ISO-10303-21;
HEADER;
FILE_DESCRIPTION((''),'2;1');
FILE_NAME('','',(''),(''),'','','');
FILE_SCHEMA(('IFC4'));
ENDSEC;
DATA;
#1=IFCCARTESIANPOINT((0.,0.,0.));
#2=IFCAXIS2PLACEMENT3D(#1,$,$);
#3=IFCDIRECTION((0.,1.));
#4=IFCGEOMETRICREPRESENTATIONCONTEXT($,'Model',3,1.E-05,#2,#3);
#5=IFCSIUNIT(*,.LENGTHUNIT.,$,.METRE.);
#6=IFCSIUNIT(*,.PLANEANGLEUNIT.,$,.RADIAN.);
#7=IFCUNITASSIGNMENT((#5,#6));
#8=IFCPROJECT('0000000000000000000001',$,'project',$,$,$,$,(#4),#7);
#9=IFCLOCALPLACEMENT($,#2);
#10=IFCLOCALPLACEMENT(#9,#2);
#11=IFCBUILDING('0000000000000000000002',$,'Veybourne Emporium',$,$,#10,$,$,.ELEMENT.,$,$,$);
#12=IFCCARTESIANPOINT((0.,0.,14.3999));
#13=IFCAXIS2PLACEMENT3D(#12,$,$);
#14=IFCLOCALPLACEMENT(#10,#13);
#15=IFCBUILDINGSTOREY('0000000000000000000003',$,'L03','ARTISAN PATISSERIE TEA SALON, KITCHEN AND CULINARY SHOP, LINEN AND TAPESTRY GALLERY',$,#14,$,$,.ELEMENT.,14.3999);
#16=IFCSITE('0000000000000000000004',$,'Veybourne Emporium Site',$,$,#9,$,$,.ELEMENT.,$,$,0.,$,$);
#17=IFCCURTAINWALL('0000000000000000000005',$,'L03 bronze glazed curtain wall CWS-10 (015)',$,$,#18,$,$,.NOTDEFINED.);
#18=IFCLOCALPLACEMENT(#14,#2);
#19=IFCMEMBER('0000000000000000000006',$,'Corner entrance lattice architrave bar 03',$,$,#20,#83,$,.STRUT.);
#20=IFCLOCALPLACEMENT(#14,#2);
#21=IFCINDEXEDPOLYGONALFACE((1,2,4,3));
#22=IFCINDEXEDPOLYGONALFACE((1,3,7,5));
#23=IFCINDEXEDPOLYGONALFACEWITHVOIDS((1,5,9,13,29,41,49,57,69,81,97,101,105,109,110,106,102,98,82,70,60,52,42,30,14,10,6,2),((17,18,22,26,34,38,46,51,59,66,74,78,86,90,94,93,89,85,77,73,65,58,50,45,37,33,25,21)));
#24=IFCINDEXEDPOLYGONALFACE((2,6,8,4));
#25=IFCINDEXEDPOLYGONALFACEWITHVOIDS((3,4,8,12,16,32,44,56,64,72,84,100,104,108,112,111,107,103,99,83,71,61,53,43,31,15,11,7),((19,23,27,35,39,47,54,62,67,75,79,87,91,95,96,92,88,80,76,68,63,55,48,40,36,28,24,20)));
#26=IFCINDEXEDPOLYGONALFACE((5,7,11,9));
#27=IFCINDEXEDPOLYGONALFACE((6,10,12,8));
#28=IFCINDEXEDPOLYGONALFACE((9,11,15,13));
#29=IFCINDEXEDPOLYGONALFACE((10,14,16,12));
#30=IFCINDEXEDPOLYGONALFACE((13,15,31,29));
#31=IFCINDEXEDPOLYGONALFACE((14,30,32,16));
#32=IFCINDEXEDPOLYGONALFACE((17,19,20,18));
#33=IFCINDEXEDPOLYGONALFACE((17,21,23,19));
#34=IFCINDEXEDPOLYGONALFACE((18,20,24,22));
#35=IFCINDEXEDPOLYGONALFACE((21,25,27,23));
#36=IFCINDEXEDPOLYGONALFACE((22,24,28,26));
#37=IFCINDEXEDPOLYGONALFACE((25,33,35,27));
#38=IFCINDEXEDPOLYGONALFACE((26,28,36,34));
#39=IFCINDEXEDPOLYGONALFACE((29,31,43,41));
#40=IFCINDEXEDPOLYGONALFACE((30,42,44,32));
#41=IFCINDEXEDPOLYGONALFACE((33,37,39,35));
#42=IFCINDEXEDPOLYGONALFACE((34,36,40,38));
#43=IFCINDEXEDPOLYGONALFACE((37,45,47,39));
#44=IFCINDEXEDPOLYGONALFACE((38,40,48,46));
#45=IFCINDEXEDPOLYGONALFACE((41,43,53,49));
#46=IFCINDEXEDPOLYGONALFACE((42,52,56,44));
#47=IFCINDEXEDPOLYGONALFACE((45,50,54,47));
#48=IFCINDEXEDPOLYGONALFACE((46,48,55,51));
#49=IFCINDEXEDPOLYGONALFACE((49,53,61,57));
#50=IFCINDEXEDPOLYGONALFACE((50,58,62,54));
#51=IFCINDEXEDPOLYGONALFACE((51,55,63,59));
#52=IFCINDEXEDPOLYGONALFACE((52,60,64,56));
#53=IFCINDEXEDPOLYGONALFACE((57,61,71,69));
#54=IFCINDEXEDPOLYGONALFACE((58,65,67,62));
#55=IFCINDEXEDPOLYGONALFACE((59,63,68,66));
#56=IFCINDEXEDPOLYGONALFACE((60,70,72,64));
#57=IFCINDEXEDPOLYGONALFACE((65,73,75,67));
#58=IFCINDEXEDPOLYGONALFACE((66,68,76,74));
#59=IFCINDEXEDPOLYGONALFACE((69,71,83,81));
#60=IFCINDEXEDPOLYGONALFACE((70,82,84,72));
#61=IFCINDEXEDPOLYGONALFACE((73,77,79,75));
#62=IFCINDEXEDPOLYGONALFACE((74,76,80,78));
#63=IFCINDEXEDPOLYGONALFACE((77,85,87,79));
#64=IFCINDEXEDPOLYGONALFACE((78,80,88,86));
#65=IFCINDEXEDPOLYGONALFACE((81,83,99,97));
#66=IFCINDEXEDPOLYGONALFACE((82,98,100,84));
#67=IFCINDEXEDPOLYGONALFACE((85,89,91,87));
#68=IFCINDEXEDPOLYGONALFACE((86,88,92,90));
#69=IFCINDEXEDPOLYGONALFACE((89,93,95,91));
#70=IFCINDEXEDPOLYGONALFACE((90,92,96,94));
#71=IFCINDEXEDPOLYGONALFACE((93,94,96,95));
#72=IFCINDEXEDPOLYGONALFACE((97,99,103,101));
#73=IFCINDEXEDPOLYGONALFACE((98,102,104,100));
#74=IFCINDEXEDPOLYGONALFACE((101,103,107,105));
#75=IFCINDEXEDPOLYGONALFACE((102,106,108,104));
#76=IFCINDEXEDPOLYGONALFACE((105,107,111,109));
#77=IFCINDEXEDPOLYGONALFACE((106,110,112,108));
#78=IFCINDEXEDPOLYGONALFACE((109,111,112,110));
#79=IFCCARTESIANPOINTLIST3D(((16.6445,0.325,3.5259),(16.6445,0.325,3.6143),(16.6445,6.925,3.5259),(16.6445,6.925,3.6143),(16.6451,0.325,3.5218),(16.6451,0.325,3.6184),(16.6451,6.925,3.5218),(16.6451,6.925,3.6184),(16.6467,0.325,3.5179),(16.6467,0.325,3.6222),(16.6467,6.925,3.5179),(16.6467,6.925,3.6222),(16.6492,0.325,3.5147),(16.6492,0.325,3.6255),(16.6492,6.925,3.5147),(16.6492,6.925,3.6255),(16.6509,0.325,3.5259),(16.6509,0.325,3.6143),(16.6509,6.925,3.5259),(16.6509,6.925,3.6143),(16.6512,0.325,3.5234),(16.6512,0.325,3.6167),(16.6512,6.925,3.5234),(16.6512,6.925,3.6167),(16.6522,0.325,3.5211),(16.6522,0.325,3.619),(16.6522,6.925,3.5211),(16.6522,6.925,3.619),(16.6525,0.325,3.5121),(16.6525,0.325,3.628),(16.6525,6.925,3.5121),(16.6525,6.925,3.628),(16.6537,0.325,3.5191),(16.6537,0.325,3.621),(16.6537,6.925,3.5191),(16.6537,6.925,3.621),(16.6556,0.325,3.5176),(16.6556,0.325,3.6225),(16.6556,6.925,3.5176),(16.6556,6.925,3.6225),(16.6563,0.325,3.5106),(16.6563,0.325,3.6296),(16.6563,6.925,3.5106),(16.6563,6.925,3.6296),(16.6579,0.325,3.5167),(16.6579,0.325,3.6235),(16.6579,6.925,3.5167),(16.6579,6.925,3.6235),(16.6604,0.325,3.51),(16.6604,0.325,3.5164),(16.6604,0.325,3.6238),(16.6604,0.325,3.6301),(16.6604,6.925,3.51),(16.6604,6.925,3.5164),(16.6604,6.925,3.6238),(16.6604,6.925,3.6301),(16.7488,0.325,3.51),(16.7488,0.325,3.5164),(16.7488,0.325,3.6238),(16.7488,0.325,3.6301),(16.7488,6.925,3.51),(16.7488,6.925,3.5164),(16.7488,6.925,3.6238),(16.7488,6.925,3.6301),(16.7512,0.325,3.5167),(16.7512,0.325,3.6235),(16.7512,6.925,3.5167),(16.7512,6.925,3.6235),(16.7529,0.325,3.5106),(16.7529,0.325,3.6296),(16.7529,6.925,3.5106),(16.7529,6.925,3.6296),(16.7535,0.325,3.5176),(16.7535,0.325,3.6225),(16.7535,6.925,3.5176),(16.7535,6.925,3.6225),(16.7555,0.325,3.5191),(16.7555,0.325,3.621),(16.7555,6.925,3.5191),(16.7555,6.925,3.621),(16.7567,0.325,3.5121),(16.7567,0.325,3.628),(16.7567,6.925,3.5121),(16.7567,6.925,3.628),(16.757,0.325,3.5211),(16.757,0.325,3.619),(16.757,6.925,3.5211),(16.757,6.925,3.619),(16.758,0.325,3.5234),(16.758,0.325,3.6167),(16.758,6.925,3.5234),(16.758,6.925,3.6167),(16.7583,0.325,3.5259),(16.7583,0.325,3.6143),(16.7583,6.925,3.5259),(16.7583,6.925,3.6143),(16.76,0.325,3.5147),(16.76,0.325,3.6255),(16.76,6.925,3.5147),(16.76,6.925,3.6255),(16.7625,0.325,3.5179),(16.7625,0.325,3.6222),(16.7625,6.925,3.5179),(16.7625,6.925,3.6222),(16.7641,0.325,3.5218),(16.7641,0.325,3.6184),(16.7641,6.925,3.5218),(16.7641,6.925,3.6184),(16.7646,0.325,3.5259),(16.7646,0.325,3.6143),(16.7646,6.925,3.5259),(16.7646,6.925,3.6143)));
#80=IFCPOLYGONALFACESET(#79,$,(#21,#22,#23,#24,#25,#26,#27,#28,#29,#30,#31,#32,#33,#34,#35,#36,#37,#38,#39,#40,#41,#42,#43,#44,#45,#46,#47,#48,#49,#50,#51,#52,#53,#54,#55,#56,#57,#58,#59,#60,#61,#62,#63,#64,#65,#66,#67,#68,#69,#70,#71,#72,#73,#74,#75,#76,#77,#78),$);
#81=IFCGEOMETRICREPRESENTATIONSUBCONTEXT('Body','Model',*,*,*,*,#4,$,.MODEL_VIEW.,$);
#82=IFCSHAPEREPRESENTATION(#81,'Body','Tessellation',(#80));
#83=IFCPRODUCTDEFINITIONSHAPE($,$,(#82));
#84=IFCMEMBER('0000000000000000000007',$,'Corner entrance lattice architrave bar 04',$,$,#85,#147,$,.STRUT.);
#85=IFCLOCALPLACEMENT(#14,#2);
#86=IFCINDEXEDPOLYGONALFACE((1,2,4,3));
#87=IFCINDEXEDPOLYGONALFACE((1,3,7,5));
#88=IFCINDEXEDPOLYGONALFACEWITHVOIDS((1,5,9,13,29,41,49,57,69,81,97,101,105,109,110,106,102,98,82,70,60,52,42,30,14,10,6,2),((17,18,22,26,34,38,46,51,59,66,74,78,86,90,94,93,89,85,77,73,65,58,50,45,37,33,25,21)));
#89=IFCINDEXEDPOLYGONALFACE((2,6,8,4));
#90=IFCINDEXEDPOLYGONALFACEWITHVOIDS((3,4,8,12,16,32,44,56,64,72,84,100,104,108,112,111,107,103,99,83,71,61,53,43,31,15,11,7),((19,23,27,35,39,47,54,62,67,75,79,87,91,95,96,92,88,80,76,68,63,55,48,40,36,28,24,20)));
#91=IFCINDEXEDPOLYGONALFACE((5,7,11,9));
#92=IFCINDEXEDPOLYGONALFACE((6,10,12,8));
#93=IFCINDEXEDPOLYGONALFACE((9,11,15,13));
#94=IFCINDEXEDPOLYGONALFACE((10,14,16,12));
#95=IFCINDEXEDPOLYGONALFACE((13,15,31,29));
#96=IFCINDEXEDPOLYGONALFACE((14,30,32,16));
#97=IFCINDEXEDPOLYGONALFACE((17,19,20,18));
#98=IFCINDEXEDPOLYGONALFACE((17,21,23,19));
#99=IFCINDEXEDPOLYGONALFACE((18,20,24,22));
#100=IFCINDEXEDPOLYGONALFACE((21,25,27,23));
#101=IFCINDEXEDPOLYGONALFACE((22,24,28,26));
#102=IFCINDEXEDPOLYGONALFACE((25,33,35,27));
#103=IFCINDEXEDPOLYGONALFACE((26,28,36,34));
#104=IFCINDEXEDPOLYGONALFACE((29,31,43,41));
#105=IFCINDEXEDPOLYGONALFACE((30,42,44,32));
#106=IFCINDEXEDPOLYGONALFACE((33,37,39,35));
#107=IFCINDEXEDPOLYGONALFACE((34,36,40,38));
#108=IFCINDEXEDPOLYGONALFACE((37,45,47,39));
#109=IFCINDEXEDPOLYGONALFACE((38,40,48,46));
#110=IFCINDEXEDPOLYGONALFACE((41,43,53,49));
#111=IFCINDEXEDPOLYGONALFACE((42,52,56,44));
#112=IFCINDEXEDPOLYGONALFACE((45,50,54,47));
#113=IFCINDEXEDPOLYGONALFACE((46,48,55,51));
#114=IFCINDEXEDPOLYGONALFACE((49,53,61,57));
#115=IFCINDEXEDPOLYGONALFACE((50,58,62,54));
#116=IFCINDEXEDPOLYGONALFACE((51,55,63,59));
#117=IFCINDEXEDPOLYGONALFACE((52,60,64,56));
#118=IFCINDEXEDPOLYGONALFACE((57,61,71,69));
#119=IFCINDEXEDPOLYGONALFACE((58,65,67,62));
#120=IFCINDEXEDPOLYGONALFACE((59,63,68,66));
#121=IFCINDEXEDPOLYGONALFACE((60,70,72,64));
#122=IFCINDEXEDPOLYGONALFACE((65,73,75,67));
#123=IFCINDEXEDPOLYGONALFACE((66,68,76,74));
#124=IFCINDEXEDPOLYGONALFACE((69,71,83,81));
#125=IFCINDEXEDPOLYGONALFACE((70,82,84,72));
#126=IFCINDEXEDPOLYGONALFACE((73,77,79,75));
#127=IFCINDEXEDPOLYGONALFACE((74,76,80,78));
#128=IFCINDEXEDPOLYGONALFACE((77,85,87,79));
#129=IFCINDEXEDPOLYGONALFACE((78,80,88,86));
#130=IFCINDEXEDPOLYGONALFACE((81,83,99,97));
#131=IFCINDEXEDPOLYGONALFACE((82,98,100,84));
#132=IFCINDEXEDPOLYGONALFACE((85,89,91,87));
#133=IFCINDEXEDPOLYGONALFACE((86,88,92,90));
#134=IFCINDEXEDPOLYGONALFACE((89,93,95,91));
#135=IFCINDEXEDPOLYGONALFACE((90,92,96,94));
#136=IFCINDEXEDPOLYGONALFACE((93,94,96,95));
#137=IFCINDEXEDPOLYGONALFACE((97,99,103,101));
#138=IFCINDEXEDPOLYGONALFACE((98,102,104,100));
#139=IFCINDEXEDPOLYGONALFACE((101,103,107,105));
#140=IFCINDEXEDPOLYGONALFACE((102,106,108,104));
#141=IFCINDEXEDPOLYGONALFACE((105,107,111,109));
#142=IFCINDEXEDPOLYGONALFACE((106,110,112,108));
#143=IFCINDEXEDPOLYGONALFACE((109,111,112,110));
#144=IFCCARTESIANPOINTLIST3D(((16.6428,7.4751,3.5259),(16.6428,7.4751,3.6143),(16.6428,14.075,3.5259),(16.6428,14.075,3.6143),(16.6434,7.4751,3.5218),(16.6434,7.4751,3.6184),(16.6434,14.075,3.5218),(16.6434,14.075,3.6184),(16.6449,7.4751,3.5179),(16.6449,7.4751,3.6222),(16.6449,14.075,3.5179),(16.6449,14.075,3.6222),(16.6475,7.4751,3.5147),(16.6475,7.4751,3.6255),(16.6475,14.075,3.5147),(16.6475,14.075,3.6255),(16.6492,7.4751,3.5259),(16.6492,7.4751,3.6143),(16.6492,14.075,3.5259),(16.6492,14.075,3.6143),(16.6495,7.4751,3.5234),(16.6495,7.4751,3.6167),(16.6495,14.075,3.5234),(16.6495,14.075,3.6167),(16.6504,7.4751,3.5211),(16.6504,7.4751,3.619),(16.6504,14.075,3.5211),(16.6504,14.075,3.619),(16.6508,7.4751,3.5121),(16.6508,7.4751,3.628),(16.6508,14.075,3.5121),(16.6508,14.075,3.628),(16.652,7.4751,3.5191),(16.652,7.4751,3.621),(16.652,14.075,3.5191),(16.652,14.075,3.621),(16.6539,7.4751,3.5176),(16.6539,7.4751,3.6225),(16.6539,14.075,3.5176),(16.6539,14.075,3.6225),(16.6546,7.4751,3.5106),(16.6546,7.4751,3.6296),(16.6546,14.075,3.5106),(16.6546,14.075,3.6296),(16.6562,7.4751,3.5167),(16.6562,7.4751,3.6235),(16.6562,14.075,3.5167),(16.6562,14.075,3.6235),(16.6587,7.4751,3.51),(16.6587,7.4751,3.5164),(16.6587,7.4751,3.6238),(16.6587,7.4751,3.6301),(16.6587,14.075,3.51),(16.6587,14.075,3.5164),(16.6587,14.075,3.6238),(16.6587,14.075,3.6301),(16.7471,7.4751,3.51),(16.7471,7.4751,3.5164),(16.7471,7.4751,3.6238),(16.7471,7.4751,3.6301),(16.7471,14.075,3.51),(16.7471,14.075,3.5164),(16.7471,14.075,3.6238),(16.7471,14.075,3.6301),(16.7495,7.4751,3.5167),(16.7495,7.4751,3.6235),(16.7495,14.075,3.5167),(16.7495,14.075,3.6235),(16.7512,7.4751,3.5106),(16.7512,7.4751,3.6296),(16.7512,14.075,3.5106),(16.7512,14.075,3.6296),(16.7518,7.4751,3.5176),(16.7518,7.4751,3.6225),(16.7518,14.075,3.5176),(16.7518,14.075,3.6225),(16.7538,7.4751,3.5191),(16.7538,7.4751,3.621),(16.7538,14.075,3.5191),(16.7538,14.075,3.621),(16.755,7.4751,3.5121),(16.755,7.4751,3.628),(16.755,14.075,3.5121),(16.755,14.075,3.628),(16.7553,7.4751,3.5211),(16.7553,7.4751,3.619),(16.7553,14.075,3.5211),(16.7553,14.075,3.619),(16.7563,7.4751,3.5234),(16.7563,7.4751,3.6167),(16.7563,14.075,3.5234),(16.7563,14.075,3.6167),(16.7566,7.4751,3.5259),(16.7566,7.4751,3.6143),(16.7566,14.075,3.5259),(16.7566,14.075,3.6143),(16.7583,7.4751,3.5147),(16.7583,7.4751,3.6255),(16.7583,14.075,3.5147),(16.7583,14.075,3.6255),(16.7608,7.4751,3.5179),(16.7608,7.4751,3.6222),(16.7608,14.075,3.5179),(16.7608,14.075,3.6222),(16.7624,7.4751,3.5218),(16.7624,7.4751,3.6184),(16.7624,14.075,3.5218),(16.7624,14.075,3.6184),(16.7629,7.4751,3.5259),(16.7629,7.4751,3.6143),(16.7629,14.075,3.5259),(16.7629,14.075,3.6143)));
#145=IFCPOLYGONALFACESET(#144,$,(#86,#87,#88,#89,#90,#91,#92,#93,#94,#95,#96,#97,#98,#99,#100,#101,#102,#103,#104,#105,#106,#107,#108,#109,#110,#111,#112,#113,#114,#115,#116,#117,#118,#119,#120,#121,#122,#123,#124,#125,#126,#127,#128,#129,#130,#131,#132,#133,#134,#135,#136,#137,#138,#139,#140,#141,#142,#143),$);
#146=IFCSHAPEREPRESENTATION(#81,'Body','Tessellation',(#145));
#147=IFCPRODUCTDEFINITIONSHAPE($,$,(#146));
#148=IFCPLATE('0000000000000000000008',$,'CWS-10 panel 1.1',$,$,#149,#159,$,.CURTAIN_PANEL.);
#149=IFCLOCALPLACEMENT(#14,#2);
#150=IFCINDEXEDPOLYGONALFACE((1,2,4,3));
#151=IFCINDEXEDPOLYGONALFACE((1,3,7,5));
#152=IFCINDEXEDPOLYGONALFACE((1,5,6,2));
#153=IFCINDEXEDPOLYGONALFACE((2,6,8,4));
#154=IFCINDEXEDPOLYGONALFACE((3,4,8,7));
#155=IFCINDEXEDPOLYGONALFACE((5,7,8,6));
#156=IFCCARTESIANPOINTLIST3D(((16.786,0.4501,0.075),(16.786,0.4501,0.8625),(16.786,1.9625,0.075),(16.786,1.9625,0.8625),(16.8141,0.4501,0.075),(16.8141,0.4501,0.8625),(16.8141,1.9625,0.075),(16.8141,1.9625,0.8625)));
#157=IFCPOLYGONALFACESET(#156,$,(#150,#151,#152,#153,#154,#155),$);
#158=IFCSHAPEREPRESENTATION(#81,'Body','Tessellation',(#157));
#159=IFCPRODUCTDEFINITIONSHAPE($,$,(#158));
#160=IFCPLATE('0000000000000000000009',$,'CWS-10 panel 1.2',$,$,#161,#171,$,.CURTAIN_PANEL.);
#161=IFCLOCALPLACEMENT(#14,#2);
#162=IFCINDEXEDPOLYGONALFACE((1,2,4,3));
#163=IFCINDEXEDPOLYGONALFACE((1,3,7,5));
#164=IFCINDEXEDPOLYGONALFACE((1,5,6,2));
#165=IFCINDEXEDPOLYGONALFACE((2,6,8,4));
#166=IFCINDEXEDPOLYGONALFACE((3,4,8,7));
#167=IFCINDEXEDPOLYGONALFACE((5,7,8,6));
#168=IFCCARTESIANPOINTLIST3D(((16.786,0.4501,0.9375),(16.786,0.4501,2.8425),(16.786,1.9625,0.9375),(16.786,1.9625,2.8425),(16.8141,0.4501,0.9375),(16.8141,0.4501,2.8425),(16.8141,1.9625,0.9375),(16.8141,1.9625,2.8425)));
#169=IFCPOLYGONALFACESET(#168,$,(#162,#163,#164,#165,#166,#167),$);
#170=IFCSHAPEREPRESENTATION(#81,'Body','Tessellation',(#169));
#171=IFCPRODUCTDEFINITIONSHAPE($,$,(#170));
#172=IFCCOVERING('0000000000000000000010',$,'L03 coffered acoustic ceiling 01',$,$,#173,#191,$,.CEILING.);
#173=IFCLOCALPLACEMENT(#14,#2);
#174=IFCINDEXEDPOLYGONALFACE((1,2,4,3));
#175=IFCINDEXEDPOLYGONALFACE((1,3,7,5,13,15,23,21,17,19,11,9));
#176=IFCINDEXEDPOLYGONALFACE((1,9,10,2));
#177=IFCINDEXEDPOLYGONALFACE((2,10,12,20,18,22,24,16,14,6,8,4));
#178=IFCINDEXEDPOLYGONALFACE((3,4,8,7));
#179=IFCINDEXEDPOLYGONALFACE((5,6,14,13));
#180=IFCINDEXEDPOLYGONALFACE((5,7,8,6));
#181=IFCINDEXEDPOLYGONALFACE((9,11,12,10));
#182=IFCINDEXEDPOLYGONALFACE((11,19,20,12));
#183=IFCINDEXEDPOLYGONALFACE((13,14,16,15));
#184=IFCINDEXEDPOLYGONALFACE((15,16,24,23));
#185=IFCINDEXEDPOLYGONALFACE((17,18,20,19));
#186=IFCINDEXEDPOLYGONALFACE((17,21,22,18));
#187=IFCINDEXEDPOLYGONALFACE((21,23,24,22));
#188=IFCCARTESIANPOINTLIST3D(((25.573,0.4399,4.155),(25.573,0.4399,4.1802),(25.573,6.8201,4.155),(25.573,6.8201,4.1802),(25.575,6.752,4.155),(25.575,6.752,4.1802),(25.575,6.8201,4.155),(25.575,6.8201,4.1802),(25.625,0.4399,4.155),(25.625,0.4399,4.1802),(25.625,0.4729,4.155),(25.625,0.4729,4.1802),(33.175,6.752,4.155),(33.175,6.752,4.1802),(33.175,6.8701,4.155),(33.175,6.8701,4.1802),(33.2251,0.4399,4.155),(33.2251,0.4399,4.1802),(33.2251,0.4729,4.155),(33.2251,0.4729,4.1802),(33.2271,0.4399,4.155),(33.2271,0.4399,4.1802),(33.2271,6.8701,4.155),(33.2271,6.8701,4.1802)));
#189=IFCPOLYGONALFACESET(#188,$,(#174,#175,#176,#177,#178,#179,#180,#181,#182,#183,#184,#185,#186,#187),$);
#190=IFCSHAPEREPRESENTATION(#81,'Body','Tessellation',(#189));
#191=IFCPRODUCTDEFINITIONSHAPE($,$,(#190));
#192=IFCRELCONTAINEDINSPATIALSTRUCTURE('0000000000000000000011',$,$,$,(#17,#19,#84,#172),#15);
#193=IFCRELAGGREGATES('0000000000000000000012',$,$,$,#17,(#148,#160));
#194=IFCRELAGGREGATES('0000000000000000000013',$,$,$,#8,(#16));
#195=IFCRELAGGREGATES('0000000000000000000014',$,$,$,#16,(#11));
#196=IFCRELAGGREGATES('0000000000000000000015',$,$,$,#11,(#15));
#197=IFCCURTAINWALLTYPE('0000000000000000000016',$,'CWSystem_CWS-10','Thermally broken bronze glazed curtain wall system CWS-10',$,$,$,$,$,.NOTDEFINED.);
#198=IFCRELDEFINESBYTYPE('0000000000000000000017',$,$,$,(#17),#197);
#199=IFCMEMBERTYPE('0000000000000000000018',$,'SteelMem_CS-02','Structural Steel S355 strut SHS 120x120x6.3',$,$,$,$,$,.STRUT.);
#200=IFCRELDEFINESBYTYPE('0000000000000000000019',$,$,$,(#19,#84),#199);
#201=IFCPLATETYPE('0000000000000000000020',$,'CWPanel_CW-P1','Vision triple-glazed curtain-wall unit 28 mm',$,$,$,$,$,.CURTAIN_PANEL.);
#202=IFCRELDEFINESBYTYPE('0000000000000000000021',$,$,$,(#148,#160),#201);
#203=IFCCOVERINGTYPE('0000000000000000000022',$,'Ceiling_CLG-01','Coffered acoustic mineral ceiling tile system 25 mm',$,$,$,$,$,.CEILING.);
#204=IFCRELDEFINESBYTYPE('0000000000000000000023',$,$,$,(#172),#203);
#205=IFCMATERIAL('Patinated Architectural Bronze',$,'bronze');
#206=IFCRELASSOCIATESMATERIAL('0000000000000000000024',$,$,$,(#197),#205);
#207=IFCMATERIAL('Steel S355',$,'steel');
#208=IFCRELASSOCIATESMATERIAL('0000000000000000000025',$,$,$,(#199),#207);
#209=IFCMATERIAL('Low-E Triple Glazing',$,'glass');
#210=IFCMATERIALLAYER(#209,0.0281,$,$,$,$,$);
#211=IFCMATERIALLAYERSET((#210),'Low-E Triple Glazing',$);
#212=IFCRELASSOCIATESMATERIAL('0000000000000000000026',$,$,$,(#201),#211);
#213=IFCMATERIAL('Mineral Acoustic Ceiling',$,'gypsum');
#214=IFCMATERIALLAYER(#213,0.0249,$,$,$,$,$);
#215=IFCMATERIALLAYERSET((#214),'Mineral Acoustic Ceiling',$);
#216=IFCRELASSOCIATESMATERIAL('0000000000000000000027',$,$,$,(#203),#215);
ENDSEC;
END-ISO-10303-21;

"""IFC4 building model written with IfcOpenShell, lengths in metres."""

from ifc_helpers import new_model, si_unit, direction, frame, origin, origin_2d, place, context, subcontext, project, spatial, polyline, rectangle, hollow_rectangle, outline, extrude, material, layer, layer_set, material_profile, profile_set, type_object, element, aggregate, save


model = new_model("IFC4")

# Units and contexts
model_context = context("Model", 3, precision=1e-05, world=origin(), true_north=direction((0.0, 1.0)))
body_context = subcontext(model_context, "Body", "Model", "MODEL_VIEW")
ifc_project = project(units=[si_unit("LENGTHUNIT", "METRE"), si_unit("PLANEANGLEUNIT", "RADIAN")], contexts=[model_context])

# Site, building, storey
site_placement = place(None, origin())
site = spatial("IfcSite", under=ifc_project, at=site_placement, Name="Veybourne Emporium Site", CompositionType="ELEMENT", RefElevation=0.0)
building_placement = place(site_placement, origin())
building = spatial("IfcBuilding", under=site, at=building_placement, Name="Veybourne Emporium", CompositionType="ELEMENT")
storey_placement = place(building_placement, frame((0.0, 0.0, 14.3999)))
storey = spatial("IfcBuildingStorey", under=building, at=storey_placement, Name="L03", Description="ARTISAN PATISSERIE TEA SALON, KITCHEN AND CULINARY SHOP, LINEN AND TAPESTRY GALLERY", CompositionType="ELEMENT", Elevation=14.3999)

# Shared definitions
ifc_material_1 = material(Name="Patinated Architectural Bronze", Category="bronze")

# Curtain wall
curtain_wall_type_1 = type_object("IfcCurtainWallType", Name="CWSystem_CWS-10", Description="Thermally broken bronze glazed curtain wall system CWS-10", PredefinedType="NOTDEFINED", material=ifc_material_1)
curtain_wall_1_placement = place(storey_placement, origin())
curtain_wall_1 = element("IfcCurtainWall", 1, at=curtain_wall_1_placement, inside=storey, type_object=curtain_wall_type_1, Name="L03 bronze glazed curtain wall CWS-10 (015)", PredefinedType="NOTDEFINED")

# Members
ifc_material_2 = material(Name="Steel S355", Category="steel")
ifc_material_profile_1 = material_profile(ifc_material_2, hollow_rectangle(XDim=0.1201, YDim=0.1201, WallThickness=0.0063, InnerFilletRadius=0.0095, OuterFilletRadius=0.0159, at=origin_2d()), Name="SHS 120x120x6.3")
ifc_profile_set_1 = profile_set([ifc_material_profile_1], Name="Steel S355")
member_type_1 = type_object("IfcMemberType", Name="SteelMem_CS-02", Description="Structural Steel S355 strut SHS 120x120x6.3", PredefinedType="STRUT", material=ifc_profile_set_1)
member_1_placement = place(storey_placement, frame((16.7046, 0.325, 3.5701), z_axis=(0.0, 1.0, 0.0), x_axis=(-1.0, 0.0, 0.0)))
element("IfcMember", 2, at=member_1_placement, inside=storey, type_object=member_type_1, Name="Corner entrance lattice architrave bar 03", PredefinedType="STRUT", context=body_context, shape_type="SweptSolid", body=[
    extrude(hollow_rectangle(XDim=0.1201, YDim=0.1201, WallThickness=0.0063, InnerFilletRadius=0.0095, OuterFilletRadius=0.0159, at=origin_2d()), origin(), (0.0, 0.0, 1.0), 6.6001),
])
member_2_placement = place(storey_placement, frame((16.7029, 7.4751, 3.5701), z_axis=(0.0, 1.0, 0.0), x_axis=(-1.0, 0.0, 0.0)))
element("IfcMember", 3, at=member_2_placement, inside=storey, type_object=member_type_1, Name="Corner entrance lattice architrave bar 04", PredefinedType="STRUT", context=body_context, shape_type="SweptSolid", body=[
    extrude(hollow_rectangle(XDim=0.1201, YDim=0.1201, WallThickness=0.0063, InnerFilletRadius=0.0095, OuterFilletRadius=0.0159, at=origin_2d()), origin(), (0.0, 0.0, 1.0), 6.5999),
])

# Plates
ifc_material_3 = material(Name="Low-E Triple Glazing", Category="glass")
ifc_layer_1 = layer(ifc_material_3, 0.0281)
ifc_layer_set_1 = layer_set([ifc_layer_1], Name="Low-E Triple Glazing")
plate_type = type_object("IfcPlateType", Name="CWPanel_CW-P1", Description="Vision triple-glazed curtain-wall unit 28 mm", PredefinedType="CURTAIN_PANEL", material=ifc_layer_set_1)
plate_1_placement = place(storey_placement, frame((16.8, 1.2063, 0.075), z_axis=(0.0, 0.0, 1.0), x_axis=(0.0, 1.0, 0.0)))
plate_1 = element("IfcPlate", 4, at=plate_1_placement, type_object=plate_type, Name="CWS-10 panel 1.1", PredefinedType="CURTAIN_PANEL", context=body_context, shape_type="SweptSolid", body=[
    extrude(rectangle(XDim=1.5125, YDim=0.0281, at=origin_2d()), origin(), (0.0, 0.0, 1.0), 0.7876),
])
plate_2_placement = place(storey_placement, frame((16.8, 1.2063, 0.9375), z_axis=(0.0, 0.0, 1.0), x_axis=(0.0, 1.0, 0.0)))
plate_2 = element("IfcPlate", 5, at=plate_2_placement, type_object=plate_type, Name="CWS-10 panel 1.2", PredefinedType="CURTAIN_PANEL", context=body_context, shape_type="SweptSolid", body=[
    extrude(rectangle(XDim=1.5125, YDim=0.0281, at=origin_2d()), origin(), (0.0, 0.0, 1.0), 1.905),
])
aggregate(curtain_wall_1, [plate_1, plate_2])

# Covering
ifc_material_4 = material(Name="Mineral Acoustic Ceiling", Category="gypsum")
ifc_layer_2 = layer(ifc_material_4, 0.0249)
ifc_layer_set_2 = layer_set([ifc_layer_2], Name="Mineral Acoustic Ceiling")
covering_type_1 = type_object("IfcCoveringType", Name="Ceiling_CLG-01", Description="Coffered acoustic mineral ceiling tile system 25 mm", PredefinedType="CEILING", material=ifc_layer_set_2)
covering_1_placement = place(storey_placement, frame((0.0, 0.0, 4.155)))
element("IfcCovering", 6, at=covering_1_placement, inside=storey, type_object=covering_type_1, Name="L03 coffered acoustic ceiling 01", PredefinedType="CEILING", context=body_context, shape_type="SweptSolid", body=[
    extrude(outline(polyline([(33.2251, 0.4399), (33.2251, 0.4729), (25.625, 0.4729), (25.625, 0.4399), (25.573, 0.4399), (25.573, 6.8201), (25.575, 6.8201), (25.575, 6.752), (33.175, 6.752), (33.175, 6.8701), (33.2271, 6.8701), (33.2271, 0.4399), (33.2251, 0.4399)])), origin(), (0.0, 0.0, 1.0), 0.0251),
])

save(model, "model.ifc")
